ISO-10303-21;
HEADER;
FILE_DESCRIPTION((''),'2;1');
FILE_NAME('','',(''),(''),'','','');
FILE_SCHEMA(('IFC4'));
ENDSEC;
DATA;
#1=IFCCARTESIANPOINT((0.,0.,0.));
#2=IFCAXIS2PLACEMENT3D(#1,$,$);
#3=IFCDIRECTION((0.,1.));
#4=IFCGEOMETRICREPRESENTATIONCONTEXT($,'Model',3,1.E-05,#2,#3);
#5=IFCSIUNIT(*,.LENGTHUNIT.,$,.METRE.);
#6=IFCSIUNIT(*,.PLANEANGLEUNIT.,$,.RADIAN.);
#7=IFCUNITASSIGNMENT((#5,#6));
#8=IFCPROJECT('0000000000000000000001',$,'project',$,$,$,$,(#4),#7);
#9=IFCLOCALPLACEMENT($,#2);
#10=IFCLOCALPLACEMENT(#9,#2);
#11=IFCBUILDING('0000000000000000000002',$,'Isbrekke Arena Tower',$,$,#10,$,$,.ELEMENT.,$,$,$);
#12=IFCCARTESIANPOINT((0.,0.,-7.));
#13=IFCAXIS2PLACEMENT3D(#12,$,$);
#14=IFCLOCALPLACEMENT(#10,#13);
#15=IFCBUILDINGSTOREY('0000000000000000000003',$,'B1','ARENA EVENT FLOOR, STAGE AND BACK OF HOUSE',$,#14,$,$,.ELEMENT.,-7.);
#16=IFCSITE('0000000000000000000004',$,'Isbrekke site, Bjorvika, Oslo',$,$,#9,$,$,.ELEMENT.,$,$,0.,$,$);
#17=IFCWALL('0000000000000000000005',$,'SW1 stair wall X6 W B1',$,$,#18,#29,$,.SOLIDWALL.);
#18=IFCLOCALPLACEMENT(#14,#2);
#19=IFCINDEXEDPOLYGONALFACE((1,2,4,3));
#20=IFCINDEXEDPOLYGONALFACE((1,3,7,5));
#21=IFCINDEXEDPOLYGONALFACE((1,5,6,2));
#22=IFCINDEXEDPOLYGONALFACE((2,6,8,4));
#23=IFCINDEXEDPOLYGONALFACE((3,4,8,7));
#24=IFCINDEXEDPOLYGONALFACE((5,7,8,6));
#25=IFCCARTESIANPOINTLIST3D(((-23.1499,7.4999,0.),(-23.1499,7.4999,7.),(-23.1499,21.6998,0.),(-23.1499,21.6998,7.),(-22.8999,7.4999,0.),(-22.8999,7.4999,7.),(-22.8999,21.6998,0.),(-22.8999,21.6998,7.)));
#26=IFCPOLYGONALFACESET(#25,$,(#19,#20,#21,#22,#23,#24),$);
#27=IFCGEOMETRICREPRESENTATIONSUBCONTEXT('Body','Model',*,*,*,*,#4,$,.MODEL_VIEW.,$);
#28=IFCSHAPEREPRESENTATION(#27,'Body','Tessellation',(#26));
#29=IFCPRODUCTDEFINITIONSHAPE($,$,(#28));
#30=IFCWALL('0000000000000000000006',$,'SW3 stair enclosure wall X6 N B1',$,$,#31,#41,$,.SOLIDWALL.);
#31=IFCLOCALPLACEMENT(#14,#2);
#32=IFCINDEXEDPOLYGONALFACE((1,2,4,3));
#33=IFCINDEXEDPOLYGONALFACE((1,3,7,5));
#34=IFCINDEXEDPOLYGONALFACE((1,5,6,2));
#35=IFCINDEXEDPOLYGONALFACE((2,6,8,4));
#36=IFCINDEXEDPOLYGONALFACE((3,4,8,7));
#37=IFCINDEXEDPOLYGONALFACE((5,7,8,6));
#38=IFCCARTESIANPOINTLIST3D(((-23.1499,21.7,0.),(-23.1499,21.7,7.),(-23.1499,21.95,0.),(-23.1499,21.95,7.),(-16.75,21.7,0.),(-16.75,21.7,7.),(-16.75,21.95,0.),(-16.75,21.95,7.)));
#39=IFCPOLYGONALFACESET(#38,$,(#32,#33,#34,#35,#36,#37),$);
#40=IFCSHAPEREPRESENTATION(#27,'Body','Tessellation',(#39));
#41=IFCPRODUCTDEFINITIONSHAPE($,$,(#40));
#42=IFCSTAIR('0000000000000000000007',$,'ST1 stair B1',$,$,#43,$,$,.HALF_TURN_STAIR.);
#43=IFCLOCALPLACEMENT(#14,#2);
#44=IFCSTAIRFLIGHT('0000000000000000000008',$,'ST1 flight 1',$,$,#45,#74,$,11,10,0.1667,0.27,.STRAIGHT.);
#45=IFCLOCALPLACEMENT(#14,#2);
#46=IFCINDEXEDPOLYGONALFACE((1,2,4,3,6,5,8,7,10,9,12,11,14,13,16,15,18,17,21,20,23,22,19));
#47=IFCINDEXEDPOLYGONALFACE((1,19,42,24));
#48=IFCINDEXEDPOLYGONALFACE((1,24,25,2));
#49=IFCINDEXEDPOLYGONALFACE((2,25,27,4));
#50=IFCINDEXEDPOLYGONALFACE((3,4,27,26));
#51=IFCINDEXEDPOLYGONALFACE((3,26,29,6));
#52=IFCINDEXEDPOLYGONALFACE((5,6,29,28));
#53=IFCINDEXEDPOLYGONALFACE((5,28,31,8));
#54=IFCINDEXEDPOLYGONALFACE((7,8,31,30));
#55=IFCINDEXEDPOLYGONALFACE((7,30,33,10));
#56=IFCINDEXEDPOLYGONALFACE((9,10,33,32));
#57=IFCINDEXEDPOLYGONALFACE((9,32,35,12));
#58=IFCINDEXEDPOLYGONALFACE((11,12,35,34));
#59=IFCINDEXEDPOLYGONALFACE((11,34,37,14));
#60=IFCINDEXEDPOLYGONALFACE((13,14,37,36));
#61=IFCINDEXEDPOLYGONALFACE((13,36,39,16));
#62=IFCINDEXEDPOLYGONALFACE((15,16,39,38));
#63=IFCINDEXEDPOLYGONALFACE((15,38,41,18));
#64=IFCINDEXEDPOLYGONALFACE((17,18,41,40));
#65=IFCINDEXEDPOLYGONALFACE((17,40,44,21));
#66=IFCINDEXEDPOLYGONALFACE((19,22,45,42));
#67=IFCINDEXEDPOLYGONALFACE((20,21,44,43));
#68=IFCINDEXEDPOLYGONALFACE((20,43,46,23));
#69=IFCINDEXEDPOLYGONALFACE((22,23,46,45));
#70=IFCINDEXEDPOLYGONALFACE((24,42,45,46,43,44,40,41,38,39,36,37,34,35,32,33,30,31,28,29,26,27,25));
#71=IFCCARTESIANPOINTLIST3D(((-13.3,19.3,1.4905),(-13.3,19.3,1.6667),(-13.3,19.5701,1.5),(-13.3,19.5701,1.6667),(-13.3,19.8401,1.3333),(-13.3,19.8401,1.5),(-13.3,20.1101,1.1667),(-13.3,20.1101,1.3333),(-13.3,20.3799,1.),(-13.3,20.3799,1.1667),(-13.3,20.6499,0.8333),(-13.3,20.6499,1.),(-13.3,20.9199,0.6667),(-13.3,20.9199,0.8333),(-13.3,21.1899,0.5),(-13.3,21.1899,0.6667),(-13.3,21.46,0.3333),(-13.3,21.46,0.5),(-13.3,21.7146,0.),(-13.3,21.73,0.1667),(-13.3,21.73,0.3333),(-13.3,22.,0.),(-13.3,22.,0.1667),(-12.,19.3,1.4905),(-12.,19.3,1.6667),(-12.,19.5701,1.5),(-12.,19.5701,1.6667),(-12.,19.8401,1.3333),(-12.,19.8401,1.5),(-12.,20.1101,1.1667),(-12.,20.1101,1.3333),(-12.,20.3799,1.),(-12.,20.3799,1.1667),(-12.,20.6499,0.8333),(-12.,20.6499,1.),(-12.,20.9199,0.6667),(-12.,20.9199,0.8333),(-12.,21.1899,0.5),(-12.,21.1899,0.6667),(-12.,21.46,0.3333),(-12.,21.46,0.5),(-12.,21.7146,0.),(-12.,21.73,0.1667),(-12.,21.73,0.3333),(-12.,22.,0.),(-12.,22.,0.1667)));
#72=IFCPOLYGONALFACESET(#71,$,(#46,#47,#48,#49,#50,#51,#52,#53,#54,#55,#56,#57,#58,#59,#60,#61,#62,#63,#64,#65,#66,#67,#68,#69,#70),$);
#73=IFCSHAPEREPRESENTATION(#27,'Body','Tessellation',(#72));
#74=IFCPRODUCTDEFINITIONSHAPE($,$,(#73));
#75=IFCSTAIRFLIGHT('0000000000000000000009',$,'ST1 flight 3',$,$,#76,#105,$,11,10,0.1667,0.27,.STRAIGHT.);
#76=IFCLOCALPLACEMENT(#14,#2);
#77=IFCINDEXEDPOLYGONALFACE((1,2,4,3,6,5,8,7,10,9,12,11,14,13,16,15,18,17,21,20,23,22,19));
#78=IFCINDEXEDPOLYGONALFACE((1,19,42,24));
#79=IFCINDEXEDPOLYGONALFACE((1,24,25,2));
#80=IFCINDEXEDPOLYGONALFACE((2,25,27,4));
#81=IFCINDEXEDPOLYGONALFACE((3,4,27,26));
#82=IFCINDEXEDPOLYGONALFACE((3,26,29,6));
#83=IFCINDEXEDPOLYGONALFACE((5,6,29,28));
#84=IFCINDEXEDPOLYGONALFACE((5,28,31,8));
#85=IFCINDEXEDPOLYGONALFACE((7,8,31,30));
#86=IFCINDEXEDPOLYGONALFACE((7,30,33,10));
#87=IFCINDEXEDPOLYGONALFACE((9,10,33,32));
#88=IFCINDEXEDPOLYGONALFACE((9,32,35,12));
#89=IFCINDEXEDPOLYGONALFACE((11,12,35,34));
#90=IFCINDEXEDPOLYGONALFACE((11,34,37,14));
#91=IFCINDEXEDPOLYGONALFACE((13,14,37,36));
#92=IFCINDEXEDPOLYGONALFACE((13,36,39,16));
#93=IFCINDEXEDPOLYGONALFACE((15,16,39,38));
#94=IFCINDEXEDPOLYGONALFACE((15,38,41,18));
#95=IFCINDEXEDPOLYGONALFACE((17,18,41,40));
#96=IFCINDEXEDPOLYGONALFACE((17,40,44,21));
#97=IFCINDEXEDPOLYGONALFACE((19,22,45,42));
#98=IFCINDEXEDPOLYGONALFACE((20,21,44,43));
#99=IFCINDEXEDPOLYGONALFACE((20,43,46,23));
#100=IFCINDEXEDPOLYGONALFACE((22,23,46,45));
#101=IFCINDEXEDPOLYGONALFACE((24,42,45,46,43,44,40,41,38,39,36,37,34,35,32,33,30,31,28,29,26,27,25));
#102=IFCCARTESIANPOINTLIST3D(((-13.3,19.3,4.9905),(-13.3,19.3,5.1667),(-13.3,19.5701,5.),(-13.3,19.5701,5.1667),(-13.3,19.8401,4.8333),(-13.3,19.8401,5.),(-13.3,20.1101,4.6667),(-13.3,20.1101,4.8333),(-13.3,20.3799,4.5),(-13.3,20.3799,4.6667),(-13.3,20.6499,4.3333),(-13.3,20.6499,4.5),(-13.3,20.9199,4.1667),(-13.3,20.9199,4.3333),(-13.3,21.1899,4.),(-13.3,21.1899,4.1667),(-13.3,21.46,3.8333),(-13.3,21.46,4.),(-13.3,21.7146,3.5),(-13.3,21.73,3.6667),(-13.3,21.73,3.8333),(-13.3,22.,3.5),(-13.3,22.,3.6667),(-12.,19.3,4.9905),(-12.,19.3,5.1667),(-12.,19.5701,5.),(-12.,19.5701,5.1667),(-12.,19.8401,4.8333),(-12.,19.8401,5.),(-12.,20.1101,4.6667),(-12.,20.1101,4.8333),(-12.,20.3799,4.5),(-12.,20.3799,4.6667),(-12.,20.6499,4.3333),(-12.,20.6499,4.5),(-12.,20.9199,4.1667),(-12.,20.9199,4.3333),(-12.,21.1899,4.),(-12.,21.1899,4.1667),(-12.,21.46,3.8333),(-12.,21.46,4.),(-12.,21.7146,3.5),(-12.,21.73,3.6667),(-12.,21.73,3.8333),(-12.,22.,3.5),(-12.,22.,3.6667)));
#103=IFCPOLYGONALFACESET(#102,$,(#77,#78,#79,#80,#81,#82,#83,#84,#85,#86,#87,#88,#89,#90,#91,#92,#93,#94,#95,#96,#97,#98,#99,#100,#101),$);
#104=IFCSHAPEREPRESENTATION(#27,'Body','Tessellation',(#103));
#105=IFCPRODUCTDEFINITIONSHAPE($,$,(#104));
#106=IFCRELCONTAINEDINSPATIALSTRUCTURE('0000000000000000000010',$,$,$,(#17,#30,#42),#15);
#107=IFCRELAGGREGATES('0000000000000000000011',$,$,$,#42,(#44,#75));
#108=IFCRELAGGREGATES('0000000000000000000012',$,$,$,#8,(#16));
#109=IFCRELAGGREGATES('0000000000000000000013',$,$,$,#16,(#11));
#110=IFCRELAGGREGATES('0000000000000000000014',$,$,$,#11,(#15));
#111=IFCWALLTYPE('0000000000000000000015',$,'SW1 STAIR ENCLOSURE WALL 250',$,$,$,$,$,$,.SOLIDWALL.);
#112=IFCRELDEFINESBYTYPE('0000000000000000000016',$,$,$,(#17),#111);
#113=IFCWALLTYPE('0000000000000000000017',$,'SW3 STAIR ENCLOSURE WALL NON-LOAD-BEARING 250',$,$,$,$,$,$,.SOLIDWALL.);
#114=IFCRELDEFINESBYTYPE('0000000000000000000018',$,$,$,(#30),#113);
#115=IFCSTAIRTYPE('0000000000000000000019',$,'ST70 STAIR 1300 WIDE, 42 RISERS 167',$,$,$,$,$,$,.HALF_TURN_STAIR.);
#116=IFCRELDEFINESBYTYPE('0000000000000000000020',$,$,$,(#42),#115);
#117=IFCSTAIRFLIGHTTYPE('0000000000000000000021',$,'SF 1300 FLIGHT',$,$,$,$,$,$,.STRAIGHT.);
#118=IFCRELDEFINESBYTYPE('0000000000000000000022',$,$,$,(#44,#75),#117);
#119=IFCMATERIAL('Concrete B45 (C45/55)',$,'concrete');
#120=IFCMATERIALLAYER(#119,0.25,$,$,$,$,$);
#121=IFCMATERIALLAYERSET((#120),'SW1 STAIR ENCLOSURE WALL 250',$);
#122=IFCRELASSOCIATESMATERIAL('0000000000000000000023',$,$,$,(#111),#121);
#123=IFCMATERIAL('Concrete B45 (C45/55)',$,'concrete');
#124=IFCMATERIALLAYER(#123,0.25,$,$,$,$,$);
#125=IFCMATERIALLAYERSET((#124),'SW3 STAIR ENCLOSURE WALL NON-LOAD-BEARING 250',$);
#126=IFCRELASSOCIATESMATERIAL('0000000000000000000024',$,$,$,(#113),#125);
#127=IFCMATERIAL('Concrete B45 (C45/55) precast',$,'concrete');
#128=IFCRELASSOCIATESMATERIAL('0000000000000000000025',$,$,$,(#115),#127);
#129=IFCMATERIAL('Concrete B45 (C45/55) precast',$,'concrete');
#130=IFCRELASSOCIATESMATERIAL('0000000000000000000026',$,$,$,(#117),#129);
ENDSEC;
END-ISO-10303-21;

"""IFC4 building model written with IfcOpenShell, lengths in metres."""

from ifc_helpers import new_model, si_unit, direction, frame, frame_2d, origin, place, context, subcontext, project, spatial, polyline, rectangle, outline, extrude, material, layer, layer_set, type_object, element, aggregate, save


model = new_model("IFC4")

# Units and contexts
model_context = context("Model", 3, precision=1e-05, world=origin(), true_north=direction((0.0, 1.0)))
body_context = subcontext(model_context, "Body", "Model", "MODEL_VIEW")
ifc_project = project(units=[si_unit("LENGTHUNIT", "METRE"), si_unit("PLANEANGLEUNIT", "RADIAN")], contexts=[model_context])

# Site, building, storey
site_placement = place(None, origin())
site = spatial("IfcSite", under=ifc_project, at=site_placement, Name="Isbrekke site, Bjorvika, Oslo", CompositionType="ELEMENT", RefElevation=0.0)
building_placement = place(site_placement, origin())
building = spatial("IfcBuilding", under=site, at=building_placement, Name="Isbrekke Arena Tower", CompositionType="ELEMENT")
storey_placement = place(building_placement, frame((0.0, 0.0, -7.0)))
storey = spatial("IfcBuildingStorey", under=building, at=storey_placement, Name="B1", Description="ARENA EVENT FLOOR, STAGE AND BACK OF HOUSE", CompositionType="ELEMENT", Elevation=-7.0)

# Walls
ifc_material_1 = material(Name="Concrete B45 (C45/55)", Category="concrete")
ifc_layer_1 = layer(ifc_material_1, 0.25)
ifc_layer_set_1 = layer_set([ifc_layer_1], Name="SW1 STAIR ENCLOSURE WALL 250")
wall_type_1 = type_object("IfcWallType", Name="SW1 STAIR ENCLOSURE WALL 250", PredefinedType="SOLIDWALL", material=ifc_layer_set_1)
wall_1_placement = place(storey_placement, frame((-23.0249, 21.7, 0.0), z_axis=(0.0, 0.0, 1.0), x_axis=(0.0, -1.0, 0.0)))
element("IfcWall", 1, at=wall_1_placement, inside=storey, type_object=wall_type_1, Name="SW1 stair wall X6 W B1", PredefinedType="SOLIDWALL", context=body_context, shape_type="SweptSolid", body=[
    extrude(rectangle(XDim=14.2, YDim=0.25, at=frame_2d((7.1001, 0.0))), origin(), (0.0, 0.0, 1.0), 7.0),
])
ifc_material_2 = material(Name="Concrete B45 (C45/55)", Category="concrete")
ifc_layer_2 = layer(ifc_material_2, 0.25)
ifc_layer_set_2 = layer_set([ifc_layer_2], Name="SW3 STAIR ENCLOSURE WALL NON-LOAD-BEARING 250")
wall_type_2 = type_object("IfcWallType", Name="SW3 STAIR ENCLOSURE WALL NON-LOAD-BEARING 250", PredefinedType="SOLIDWALL", material=ifc_layer_set_2)
wall_2_placement = place(storey_placement, frame((-16.75, 21.825, 0.0), z_axis=(0.0, 0.0, 1.0), x_axis=(-1.0, 0.0, 0.0)))
element("IfcWall", 2, at=wall_2_placement, inside=storey, type_object=wall_type_2, Name="SW3 stair enclosure wall X6 N B1", PredefinedType="SOLIDWALL", context=body_context, shape_type="SweptSolid", body=[
    extrude(rectangle(XDim=6.3999, YDim=0.25, at=frame_2d((3.2, 0.0))), origin(), (0.0, 0.0, 1.0), 7.0),
])

# Stair, stair flights
ifc_material_3 = material(Name="Concrete B45 (C45/55) precast", Category="concrete")
stair_type_1 = type_object("IfcStairType", Name="ST70 STAIR 1300 WIDE, 42 RISERS 167", PredefinedType="HALF_TURN_STAIR", material=ifc_material_3)
stair_1_placement = place(storey_placement, origin())
stair_1 = element("IfcStair", 3, at=stair_1_placement, inside=storey, type_object=stair_type_1, Name="ST1 stair B1", PredefinedType="HALF_TURN_STAIR")
ifc_material_4 = material(Name="Concrete B45 (C45/55) precast", Category="concrete")
stair_flight_type_1 = type_object("IfcStairFlightType", Name="SF 1300 FLIGHT", PredefinedType="STRAIGHT", material=ifc_material_4)
stair_flight_1_placement = place(storey_placement, frame((-12.6499, 22.0, 0.0), z_axis=(0.0, 0.0, 1.0), x_axis=(0.0, -1.0, 0.0)))
stair_flight_1 = element("IfcStairFlight", 4, at=stair_flight_1_placement, type_object=stair_flight_type_1, Name="ST1 flight 1", NumberOfRisers=11, NumberOfTreads=10, PredefinedType="STRAIGHT", RiserHeight=0.1667, TreadLength=0.27, context=body_context, shape_type="SweptSolid", body=[
    extrude(outline(polyline([(0.0, 0.0), (0.0, 0.1667), (0.27, 0.1667), (0.27, 0.3333), (0.54, 0.3333), (0.54, 0.5), (0.8101, 0.5), (0.8101, 0.6667), (1.0801, 0.6667), (1.0801, 0.8333), (1.3501, 0.8333), (1.3501, 1.0), (1.6201, 1.0), (1.6201, 1.1667), (1.8899, 1.1667), (1.8899, 1.3333), (2.1599, 1.3333), (2.1599, 1.5), (2.4299, 1.5), (2.4299, 1.6667), (2.7, 1.6667), (2.7, 1.8333), (2.7, 1.4905), (0.2854, 0.0), (0.0, 0.0)])), frame((0.0, 0.6499, 0.0), z_axis=(0.0, -1.0, 0.0), x_axis=(1.0, 0.0, 0.0)), (0.0, 0.0, 1.0), 1.3),
])
stair_flight_2_placement = place(storey_placement, frame((-12.6499, 22.0, 3.5), z_axis=(0.0, 0.0, 1.0), x_axis=(0.0, -1.0, 0.0)))
stair_flight_2 = element("IfcStairFlight", 5, at=stair_flight_2_placement, type_object=stair_flight_type_1, Name="ST1 flight 3", NumberOfRisers=11, NumberOfTreads=10, PredefinedType="STRAIGHT", RiserHeight=0.1667, TreadLength=0.27, context=body_context, shape_type="SweptSolid", body=[
    extrude(outline(polyline([(0.0, 0.0), (0.0, 0.1667), (0.27, 0.1667), (0.27, 0.3333), (0.54, 0.3333), (0.54, 0.5), (0.8101, 0.5), (0.8101, 0.6667), (1.0801, 0.6667), (1.0801, 0.8333), (1.3501, 0.8333), (1.3501, 1.0), (1.6201, 1.0), (1.6201, 1.1667), (1.8899, 1.1667), (1.8899, 1.3333), (2.1599, 1.3333), (2.1599, 1.5), (2.4299, 1.5), (2.4299, 1.6667), (2.7, 1.6667), (2.7, 1.8333), (2.7, 1.4905), (0.2854, 0.0), (0.0, 0.0)])), frame((0.0, 0.6499, 0.0), z_axis=(0.0, -1.0, 0.0), x_axis=(1.0, 0.0, 0.0)), (0.0, 0.0, 1.0), 1.3),
])
aggregate(stair_1, [stair_flight_1, stair_flight_2])

save(model, "model.ifc")
